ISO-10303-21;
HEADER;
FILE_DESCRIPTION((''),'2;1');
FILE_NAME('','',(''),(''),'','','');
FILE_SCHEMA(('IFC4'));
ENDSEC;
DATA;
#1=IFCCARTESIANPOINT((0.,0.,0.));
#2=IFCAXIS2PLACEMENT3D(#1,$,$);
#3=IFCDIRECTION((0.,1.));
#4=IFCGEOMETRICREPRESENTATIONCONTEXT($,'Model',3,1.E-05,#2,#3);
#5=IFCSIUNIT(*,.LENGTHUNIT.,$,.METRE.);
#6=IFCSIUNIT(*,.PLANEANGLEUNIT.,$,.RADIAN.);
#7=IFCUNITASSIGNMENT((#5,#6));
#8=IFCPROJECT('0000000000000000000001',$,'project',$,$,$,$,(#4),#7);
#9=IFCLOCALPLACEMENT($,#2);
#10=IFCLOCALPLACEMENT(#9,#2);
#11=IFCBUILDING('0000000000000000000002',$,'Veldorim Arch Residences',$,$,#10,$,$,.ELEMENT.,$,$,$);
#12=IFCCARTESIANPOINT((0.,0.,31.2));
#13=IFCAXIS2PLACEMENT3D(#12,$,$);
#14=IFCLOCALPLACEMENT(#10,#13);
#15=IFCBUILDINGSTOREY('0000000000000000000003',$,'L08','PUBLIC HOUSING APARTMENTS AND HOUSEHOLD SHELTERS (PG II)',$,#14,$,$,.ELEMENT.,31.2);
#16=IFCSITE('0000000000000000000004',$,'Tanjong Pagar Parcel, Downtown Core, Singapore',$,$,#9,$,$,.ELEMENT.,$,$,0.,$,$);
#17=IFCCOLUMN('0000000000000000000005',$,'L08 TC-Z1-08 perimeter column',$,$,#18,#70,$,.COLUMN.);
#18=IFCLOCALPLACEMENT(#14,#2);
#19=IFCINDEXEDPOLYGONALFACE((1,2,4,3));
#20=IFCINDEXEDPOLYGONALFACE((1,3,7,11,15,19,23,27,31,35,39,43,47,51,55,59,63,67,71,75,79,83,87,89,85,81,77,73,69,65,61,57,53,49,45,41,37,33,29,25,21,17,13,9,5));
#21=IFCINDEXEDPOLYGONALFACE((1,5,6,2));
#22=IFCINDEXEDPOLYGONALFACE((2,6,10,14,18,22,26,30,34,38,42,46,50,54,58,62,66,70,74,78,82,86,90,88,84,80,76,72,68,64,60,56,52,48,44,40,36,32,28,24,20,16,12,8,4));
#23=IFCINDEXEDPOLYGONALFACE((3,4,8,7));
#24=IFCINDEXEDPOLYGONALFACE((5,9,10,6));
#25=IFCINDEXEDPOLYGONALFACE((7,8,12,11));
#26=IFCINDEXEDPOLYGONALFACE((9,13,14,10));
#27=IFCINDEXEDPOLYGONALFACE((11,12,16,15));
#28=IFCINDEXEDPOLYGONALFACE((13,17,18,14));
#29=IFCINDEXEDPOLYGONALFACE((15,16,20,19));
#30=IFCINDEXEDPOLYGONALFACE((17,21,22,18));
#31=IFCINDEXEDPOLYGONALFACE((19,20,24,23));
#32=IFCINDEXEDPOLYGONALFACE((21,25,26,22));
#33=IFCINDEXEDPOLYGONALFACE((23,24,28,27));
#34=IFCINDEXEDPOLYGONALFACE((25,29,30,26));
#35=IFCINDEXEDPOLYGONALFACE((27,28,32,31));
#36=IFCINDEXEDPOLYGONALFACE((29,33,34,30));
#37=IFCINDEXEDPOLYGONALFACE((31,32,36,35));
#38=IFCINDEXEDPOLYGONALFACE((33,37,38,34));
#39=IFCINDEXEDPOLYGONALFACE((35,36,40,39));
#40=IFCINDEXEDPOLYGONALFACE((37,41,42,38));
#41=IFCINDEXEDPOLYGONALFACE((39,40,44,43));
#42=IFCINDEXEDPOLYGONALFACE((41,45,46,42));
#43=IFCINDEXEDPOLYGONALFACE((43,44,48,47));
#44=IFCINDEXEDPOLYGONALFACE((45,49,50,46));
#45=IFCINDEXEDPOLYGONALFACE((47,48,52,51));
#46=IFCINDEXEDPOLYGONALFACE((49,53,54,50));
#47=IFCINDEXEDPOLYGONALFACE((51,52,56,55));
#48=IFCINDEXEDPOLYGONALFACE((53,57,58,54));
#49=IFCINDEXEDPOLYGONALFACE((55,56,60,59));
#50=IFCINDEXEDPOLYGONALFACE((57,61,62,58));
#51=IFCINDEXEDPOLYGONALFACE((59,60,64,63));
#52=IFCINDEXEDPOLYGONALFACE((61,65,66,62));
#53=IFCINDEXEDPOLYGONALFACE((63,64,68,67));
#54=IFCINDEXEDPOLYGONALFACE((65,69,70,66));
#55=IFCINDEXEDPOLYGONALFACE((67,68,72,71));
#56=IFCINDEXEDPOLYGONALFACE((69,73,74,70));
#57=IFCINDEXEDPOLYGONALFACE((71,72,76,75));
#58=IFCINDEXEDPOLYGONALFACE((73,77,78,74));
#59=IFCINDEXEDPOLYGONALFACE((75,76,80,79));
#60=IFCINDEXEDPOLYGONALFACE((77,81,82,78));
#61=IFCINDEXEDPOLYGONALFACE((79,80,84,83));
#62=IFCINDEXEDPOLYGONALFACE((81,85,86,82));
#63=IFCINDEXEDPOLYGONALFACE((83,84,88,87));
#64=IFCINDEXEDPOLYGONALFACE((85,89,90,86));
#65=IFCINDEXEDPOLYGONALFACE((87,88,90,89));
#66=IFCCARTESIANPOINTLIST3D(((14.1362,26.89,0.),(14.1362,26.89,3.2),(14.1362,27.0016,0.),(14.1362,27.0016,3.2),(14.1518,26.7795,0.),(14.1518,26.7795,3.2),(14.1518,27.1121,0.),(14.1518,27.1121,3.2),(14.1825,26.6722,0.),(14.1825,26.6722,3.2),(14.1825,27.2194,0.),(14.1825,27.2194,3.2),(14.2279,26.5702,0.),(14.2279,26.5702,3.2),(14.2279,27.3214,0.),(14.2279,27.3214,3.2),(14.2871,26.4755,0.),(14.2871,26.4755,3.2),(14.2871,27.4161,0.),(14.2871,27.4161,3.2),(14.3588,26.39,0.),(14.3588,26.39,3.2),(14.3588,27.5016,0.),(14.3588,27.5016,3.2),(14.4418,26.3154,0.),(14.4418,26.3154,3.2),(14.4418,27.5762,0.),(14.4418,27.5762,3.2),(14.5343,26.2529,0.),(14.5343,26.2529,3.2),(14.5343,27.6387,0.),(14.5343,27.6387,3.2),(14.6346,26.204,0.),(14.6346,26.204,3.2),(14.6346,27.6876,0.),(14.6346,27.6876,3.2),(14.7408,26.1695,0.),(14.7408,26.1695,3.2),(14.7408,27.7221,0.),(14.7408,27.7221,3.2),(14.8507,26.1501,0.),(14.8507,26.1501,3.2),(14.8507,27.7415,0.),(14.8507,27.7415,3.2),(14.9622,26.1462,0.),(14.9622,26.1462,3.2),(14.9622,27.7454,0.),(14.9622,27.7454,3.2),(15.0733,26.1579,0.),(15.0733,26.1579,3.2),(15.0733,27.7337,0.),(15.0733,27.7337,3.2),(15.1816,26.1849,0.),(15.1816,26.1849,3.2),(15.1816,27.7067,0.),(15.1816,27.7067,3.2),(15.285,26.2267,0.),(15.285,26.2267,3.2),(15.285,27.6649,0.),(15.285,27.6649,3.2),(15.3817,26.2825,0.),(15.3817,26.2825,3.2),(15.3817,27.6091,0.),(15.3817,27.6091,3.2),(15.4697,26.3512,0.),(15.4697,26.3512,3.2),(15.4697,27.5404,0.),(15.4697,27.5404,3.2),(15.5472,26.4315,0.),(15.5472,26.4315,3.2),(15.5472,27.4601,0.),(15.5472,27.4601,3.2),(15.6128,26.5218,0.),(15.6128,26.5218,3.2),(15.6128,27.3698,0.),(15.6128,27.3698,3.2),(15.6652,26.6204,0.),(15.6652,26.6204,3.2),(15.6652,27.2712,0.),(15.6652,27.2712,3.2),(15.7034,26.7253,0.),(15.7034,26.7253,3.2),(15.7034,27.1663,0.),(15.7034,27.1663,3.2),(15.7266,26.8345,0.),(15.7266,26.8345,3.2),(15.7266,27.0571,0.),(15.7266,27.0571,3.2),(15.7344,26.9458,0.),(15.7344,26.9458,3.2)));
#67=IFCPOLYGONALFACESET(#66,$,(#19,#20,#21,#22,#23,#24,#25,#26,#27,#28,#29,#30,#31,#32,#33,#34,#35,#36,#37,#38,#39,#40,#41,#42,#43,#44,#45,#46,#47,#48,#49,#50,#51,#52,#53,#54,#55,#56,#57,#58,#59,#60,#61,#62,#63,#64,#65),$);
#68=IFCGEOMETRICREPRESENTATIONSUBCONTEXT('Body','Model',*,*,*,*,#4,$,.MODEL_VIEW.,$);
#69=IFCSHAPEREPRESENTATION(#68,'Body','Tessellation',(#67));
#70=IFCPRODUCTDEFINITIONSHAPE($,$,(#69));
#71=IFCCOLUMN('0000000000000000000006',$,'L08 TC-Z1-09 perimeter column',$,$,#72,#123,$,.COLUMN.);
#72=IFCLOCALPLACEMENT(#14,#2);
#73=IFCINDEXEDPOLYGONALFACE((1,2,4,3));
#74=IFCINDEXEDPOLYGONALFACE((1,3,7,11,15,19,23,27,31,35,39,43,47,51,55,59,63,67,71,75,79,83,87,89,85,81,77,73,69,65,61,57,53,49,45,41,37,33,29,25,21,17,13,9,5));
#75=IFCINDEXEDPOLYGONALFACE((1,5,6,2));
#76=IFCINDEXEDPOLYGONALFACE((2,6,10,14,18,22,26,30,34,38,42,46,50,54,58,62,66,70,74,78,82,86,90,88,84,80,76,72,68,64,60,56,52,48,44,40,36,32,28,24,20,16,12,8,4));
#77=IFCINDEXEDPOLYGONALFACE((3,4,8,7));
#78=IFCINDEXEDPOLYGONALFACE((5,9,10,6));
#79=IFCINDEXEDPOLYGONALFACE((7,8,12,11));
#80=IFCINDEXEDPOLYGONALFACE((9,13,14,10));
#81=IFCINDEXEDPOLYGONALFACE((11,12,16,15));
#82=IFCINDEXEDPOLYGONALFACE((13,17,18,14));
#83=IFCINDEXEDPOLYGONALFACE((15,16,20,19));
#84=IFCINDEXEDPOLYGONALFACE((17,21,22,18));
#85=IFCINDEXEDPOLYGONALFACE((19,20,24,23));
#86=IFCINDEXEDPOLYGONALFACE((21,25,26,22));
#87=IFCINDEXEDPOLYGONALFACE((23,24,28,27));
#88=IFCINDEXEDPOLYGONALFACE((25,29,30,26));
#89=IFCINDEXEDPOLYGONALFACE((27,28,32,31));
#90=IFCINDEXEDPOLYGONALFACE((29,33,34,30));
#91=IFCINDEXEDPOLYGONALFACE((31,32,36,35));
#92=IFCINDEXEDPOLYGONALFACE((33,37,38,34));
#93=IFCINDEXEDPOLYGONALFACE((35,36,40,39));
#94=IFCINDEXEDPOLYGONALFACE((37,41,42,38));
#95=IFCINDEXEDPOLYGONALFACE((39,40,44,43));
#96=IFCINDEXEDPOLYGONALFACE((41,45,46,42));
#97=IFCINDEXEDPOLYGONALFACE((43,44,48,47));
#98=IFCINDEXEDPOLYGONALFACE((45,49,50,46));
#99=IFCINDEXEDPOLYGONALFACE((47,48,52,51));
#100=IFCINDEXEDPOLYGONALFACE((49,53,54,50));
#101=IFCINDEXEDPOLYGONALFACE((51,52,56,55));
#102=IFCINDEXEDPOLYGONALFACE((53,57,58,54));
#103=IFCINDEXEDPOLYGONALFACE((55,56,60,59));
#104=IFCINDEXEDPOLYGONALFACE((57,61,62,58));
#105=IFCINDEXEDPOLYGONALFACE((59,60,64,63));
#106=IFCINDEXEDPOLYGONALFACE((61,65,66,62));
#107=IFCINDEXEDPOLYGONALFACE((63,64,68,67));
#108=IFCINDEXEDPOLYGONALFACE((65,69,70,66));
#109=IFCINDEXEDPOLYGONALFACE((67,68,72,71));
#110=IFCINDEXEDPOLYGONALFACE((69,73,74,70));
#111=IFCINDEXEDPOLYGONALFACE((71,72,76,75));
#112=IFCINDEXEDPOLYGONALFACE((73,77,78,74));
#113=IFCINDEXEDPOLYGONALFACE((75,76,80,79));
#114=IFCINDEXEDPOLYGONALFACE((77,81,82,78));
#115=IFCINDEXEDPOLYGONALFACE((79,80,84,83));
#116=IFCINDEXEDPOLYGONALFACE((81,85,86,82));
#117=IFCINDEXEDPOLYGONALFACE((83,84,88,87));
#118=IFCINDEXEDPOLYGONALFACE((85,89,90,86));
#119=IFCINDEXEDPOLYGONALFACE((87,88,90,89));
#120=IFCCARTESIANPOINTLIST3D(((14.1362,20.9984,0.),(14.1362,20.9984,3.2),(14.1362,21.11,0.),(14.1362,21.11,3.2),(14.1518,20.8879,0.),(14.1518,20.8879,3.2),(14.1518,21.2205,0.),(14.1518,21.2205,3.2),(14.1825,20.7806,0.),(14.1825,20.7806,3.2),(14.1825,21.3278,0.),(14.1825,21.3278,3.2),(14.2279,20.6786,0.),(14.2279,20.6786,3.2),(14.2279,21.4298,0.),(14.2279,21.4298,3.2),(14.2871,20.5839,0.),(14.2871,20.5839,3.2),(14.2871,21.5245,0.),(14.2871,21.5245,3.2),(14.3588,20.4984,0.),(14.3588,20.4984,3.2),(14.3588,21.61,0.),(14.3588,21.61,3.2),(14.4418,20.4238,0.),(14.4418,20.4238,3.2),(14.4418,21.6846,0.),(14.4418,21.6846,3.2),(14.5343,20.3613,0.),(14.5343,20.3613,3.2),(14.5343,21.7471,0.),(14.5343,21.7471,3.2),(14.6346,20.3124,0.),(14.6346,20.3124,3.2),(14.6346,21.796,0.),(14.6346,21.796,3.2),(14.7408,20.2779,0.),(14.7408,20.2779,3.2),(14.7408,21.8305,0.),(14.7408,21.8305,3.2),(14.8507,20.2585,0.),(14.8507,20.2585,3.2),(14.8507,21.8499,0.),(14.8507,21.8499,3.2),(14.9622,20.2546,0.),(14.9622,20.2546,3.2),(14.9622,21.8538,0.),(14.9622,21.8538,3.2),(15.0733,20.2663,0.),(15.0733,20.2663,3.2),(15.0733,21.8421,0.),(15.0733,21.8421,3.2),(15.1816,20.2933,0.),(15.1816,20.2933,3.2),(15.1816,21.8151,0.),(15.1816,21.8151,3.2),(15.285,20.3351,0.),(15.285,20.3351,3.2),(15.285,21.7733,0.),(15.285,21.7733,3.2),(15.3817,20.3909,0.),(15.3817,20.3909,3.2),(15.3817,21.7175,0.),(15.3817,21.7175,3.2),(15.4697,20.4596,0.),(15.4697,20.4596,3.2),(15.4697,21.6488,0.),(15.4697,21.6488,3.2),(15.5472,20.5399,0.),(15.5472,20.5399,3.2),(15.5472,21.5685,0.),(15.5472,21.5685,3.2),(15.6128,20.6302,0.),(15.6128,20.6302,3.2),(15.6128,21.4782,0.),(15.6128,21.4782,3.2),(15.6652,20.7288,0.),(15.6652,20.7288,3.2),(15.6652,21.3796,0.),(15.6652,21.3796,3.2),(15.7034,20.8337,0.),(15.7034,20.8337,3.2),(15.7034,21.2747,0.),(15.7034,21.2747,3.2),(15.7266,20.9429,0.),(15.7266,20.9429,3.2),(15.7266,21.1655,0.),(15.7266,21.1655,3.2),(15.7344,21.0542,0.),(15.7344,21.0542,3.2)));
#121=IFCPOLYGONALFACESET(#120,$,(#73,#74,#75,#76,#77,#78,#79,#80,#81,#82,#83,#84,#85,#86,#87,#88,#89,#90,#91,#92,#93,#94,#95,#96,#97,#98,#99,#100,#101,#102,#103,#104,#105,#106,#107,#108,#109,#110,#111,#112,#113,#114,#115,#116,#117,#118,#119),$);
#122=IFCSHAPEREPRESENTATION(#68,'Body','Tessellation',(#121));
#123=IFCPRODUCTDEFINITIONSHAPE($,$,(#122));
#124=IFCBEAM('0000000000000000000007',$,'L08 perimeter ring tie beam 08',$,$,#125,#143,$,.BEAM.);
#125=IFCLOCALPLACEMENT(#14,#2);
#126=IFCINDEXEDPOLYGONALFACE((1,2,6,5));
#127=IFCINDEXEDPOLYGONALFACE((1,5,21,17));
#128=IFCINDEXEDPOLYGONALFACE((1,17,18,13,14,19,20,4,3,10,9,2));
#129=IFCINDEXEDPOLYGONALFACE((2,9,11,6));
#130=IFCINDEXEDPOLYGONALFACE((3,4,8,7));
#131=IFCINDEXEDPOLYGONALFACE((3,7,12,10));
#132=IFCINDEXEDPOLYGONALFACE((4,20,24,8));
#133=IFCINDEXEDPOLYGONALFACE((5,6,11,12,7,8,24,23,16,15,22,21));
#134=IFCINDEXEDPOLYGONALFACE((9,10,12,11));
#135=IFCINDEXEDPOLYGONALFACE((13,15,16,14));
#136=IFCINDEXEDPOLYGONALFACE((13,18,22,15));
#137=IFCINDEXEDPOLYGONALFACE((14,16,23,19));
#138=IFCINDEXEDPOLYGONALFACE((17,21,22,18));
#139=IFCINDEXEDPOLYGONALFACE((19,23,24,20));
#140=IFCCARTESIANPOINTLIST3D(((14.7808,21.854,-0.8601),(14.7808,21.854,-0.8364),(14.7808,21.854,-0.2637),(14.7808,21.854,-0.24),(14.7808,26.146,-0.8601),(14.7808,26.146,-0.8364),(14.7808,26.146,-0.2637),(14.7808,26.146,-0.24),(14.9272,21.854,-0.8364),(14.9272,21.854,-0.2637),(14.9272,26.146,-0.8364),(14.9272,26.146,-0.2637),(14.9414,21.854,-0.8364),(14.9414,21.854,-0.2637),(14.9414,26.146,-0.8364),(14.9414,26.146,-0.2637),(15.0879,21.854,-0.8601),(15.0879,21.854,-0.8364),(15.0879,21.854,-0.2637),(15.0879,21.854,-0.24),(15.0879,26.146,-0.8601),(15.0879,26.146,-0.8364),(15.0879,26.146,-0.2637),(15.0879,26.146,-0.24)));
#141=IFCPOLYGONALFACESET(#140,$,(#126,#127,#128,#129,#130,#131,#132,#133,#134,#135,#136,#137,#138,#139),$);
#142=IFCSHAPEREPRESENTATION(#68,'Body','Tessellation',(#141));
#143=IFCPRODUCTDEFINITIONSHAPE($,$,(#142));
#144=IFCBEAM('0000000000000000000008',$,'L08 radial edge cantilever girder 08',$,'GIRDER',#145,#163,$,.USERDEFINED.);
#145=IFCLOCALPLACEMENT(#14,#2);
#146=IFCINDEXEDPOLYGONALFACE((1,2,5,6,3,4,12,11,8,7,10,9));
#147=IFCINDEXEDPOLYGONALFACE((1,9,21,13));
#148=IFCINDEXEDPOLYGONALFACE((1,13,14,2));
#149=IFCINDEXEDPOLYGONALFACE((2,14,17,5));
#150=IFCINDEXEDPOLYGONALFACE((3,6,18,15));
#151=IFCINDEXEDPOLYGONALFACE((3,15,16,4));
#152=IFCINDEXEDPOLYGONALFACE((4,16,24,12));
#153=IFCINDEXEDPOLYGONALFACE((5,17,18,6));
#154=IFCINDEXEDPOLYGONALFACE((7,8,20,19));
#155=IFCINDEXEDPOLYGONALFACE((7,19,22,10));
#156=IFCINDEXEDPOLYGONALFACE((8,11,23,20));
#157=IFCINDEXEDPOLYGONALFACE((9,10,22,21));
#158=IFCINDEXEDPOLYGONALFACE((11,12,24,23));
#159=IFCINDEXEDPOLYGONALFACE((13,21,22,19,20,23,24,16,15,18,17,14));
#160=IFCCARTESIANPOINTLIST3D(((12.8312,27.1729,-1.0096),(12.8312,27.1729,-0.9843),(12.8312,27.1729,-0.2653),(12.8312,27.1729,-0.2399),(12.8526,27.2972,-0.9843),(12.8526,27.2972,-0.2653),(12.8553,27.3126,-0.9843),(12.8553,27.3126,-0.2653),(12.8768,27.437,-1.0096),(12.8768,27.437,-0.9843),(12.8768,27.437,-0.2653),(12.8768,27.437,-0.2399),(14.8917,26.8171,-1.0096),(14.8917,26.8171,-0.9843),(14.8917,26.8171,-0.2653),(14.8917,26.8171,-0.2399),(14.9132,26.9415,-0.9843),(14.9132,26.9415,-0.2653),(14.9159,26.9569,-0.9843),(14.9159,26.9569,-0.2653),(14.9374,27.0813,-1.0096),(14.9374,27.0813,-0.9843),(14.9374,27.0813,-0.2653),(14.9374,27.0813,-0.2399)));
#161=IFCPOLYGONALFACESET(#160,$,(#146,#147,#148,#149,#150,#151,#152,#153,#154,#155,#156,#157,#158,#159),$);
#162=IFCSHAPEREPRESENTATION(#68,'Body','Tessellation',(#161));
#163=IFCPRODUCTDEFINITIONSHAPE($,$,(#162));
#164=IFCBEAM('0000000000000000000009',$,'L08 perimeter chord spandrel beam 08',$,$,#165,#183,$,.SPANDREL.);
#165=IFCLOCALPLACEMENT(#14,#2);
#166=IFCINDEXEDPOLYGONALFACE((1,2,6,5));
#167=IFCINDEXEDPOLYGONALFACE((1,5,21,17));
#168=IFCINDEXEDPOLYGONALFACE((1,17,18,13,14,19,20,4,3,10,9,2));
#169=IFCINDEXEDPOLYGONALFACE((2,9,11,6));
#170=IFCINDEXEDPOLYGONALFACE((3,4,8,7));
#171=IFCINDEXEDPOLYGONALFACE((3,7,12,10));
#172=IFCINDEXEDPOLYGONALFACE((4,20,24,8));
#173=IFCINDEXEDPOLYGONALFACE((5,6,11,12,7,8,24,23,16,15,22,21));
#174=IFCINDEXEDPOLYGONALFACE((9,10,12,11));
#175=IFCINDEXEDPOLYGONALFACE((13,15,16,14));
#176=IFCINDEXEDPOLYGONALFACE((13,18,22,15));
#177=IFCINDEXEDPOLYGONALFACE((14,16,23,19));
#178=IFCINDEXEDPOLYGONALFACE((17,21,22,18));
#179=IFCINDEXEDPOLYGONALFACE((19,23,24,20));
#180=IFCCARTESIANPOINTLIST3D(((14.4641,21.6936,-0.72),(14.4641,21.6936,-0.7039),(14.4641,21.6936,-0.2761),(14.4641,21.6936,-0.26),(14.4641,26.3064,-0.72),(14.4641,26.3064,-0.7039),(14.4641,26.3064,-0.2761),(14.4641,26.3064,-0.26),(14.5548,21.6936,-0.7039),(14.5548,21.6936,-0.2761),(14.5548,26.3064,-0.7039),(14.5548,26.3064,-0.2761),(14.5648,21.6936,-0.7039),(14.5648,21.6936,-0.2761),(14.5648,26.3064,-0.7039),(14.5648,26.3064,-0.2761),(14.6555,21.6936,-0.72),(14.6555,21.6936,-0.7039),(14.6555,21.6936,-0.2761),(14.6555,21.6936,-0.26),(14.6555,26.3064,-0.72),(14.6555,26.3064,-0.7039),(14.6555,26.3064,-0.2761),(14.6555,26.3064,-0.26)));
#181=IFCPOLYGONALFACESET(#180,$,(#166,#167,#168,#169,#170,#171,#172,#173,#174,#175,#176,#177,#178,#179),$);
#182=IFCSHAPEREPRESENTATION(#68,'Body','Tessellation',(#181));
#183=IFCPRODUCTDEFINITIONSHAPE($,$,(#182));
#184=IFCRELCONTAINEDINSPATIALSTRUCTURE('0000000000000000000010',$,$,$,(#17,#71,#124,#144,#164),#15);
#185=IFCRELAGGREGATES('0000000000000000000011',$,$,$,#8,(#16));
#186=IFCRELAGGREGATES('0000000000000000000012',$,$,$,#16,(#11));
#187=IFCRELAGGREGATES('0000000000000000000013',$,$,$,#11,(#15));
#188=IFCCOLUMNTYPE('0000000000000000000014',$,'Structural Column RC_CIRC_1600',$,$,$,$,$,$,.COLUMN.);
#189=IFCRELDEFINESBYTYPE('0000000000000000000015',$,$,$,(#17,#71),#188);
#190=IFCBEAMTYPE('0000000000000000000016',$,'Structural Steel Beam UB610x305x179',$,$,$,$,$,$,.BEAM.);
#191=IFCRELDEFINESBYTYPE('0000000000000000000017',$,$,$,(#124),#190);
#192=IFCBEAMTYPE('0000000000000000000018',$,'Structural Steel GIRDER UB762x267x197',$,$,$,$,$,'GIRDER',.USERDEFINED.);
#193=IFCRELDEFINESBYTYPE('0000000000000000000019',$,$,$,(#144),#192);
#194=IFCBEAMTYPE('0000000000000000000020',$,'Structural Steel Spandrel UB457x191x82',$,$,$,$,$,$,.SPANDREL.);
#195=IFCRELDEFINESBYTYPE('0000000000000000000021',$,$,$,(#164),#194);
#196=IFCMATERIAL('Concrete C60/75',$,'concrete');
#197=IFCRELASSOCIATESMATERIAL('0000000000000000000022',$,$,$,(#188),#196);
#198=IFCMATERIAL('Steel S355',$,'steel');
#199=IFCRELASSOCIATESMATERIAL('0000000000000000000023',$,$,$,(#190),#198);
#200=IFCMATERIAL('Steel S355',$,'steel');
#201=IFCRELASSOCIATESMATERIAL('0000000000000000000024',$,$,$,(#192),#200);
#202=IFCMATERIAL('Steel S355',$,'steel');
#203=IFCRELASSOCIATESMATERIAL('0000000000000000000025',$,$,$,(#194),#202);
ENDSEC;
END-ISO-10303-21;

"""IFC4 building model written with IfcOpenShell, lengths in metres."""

from ifc_helpers import new_model, si_unit, direction, frame, origin, origin_2d, place, context, subcontext, project, spatial, circle, i_section, extrude, material, material_profile, profile_set, type_object, element, save


model = new_model("IFC4")

# Units and contexts
model_context = context("Model", 3, precision=1e-05, world=origin(), true_north=direction((0.0, 1.0)))
body_context = subcontext(model_context, "Body", "Model", "MODEL_VIEW")
ifc_project = project(units=[si_unit("LENGTHUNIT", "METRE"), si_unit("PLANEANGLEUNIT", "RADIAN")], contexts=[model_context])

# Site, building, storey
site_placement = place(None, origin())
site = spatial("IfcSite", under=ifc_project, at=site_placement, Name="Tanjong Pagar Parcel, Downtown Core, Singapore", CompositionType="ELEMENT", RefElevation=0.0)
building_placement = place(site_placement, origin())
building = spatial("IfcBuilding", under=site, at=building_placement, Name="Veldorim Arch Residences", CompositionType="ELEMENT")
storey_placement = place(building_placement, frame((0.0, 0.0, 31.2)))
storey = spatial("IfcBuildingStorey", under=building, at=storey_placement, Name="L08", Description="PUBLIC HOUSING APARTMENTS AND HOUSEHOLD SHELTERS (PG II)", CompositionType="ELEMENT", Elevation=31.2)

# Columns
ifc_material_1 = material(Name="Concrete C60/75", Category="concrete")
ifc_material_profile_1 = material_profile(ifc_material_1, circle(Radius=0.8, at=origin_2d()), Name="RC_CIRC_1600")
ifc_profile_set_1 = profile_set([ifc_material_profile_1], Name="Concrete C60/75")
column_type = type_object("IfcColumnType", Name="Structural Column RC_CIRC_1600", PredefinedType="COLUMN", material=ifc_profile_set_1)
for number, where, z_axis, x_axis, name in (
    (1, (14.9343, 26.9458, 0.0), (0.0, 0.0, 1.0), (1.0, 0.0, 0.0), "L08 TC-Z1-08 perimeter column"),
    (2, (14.9343, 21.0542, 0.0), (0.0, 0.0, 1.0), (1.0, 0.0, 0.0), "L08 TC-Z1-09 perimeter column"),
):
    element("IfcColumn", number, at=place(storey_placement, frame(where, z_axis=z_axis, x_axis=x_axis)), inside=storey, type_object=column_type, Name=name, PredefinedType="COLUMN", context=body_context, shape_type="SweptSolid", body=[
        extrude(circle(Radius=0.8, at=origin_2d()), origin(), (0.0, 0.0, 1.0), 3.2),
    ])

# Beams
ifc_material_2 = material(Name="Steel S355", Category="steel")
ifc_material_profile_2 = material_profile(ifc_material_2, i_section(OverallWidth=0.3071, OverallDepth=0.6201, WebThickness=0.0142, FlangeThickness=0.0237, at=origin_2d()), Name="UB610x305x179")
ifc_profile_set_2 = profile_set([ifc_material_profile_2], Name="Steel S355")
beam_type_1 = type_object("IfcBeamType", Name="Structural Steel Beam UB610x305x179", PredefinedType="BEAM", material=ifc_profile_set_2)
beam_1_placement = place(storey_placement, frame((14.9343, 26.146, -0.55), z_axis=(0.0, -1.0, 0.0), x_axis=(1.0, 0.0, 0.0)))
element("IfcBeam", 3, at=beam_1_placement, inside=storey, type_object=beam_type_1, Name="L08 perimeter ring tie beam 08", PredefinedType="BEAM", context=body_context, shape_type="SweptSolid", body=[
    extrude(i_section(OverallWidth=0.3071, OverallDepth=0.6201, WebThickness=0.0142, FlangeThickness=0.0237, at=origin_2d()), origin(), (0.0, 0.0, 1.0), 4.292),
])
ifc_material_3 = material(Name="Steel S355", Category="steel")
ifc_material_profile_3 = material_profile(ifc_material_3, i_section(OverallWidth=0.2681, OverallDepth=0.7698, WebThickness=0.0156, FlangeThickness=0.0254, at=origin_2d()), Name="UB762x267x197")
ifc_profile_set_3 = profile_set([ifc_material_profile_3], Name="Steel S355")
beam_type_2 = type_object("IfcBeamType", Name="Structural Steel GIRDER UB762x267x197", ElementType="GIRDER", PredefinedType="USERDEFINED", material=ifc_profile_set_3)
beam_2_placement = place(storey_placement, frame((14.9146, 26.9492, -0.6248), z_axis=(-0.985424, 0.170114, 0.0), x_axis=(-0.170114, -0.985424, 0.0)))
element("IfcBeam", 4, at=beam_2_placement, inside=storey, type_object=beam_type_2, Name="L08 radial edge cantilever girder 08", ObjectType="GIRDER", PredefinedType="USERDEFINED", context=body_context, shape_type="SweptSolid", body=[
    extrude(i_section(OverallWidth=0.2681, OverallDepth=0.7698, WebThickness=0.0156, FlangeThickness=0.0254, at=origin_2d()), origin(), (0.0, 0.0, 1.0), 2.0911),
])
ifc_material_4 = material(Name="Steel S355", Category="steel")
ifc_material_profile_4 = material_profile(ifc_material_4, i_section(OverallWidth=0.1914, OverallDepth=0.46, WebThickness=0.01, FlangeThickness=0.0161, at=origin_2d()), Name="UB457x191x82")
ifc_profile_set_4 = profile_set([ifc_material_profile_4], Name="Steel S355")
beam_type_3 = type_object("IfcBeamType", Name="Structural Steel Spandrel UB457x191x82", PredefinedType="SPANDREL", material=ifc_profile_set_4)
beam_3_placement = place(storey_placement, frame((14.5598, 26.3064, -0.49), z_axis=(0.0, -1.0, 0.0), x_axis=(1.0, 0.0, 0.0)))
element("IfcBeam", 5, at=beam_3_placement, inside=storey, type_object=beam_type_3, Name="L08 perimeter chord spandrel beam 08", PredefinedType="SPANDREL", context=body_context, shape_type="SweptSolid", body=[
    extrude(i_section(OverallWidth=0.1914, OverallDepth=0.46, WebThickness=0.01, FlangeThickness=0.0161, at=origin_2d()), origin(), (0.0, 0.0, 1.0), 4.6128),
])

save(model, "model.ifc")
